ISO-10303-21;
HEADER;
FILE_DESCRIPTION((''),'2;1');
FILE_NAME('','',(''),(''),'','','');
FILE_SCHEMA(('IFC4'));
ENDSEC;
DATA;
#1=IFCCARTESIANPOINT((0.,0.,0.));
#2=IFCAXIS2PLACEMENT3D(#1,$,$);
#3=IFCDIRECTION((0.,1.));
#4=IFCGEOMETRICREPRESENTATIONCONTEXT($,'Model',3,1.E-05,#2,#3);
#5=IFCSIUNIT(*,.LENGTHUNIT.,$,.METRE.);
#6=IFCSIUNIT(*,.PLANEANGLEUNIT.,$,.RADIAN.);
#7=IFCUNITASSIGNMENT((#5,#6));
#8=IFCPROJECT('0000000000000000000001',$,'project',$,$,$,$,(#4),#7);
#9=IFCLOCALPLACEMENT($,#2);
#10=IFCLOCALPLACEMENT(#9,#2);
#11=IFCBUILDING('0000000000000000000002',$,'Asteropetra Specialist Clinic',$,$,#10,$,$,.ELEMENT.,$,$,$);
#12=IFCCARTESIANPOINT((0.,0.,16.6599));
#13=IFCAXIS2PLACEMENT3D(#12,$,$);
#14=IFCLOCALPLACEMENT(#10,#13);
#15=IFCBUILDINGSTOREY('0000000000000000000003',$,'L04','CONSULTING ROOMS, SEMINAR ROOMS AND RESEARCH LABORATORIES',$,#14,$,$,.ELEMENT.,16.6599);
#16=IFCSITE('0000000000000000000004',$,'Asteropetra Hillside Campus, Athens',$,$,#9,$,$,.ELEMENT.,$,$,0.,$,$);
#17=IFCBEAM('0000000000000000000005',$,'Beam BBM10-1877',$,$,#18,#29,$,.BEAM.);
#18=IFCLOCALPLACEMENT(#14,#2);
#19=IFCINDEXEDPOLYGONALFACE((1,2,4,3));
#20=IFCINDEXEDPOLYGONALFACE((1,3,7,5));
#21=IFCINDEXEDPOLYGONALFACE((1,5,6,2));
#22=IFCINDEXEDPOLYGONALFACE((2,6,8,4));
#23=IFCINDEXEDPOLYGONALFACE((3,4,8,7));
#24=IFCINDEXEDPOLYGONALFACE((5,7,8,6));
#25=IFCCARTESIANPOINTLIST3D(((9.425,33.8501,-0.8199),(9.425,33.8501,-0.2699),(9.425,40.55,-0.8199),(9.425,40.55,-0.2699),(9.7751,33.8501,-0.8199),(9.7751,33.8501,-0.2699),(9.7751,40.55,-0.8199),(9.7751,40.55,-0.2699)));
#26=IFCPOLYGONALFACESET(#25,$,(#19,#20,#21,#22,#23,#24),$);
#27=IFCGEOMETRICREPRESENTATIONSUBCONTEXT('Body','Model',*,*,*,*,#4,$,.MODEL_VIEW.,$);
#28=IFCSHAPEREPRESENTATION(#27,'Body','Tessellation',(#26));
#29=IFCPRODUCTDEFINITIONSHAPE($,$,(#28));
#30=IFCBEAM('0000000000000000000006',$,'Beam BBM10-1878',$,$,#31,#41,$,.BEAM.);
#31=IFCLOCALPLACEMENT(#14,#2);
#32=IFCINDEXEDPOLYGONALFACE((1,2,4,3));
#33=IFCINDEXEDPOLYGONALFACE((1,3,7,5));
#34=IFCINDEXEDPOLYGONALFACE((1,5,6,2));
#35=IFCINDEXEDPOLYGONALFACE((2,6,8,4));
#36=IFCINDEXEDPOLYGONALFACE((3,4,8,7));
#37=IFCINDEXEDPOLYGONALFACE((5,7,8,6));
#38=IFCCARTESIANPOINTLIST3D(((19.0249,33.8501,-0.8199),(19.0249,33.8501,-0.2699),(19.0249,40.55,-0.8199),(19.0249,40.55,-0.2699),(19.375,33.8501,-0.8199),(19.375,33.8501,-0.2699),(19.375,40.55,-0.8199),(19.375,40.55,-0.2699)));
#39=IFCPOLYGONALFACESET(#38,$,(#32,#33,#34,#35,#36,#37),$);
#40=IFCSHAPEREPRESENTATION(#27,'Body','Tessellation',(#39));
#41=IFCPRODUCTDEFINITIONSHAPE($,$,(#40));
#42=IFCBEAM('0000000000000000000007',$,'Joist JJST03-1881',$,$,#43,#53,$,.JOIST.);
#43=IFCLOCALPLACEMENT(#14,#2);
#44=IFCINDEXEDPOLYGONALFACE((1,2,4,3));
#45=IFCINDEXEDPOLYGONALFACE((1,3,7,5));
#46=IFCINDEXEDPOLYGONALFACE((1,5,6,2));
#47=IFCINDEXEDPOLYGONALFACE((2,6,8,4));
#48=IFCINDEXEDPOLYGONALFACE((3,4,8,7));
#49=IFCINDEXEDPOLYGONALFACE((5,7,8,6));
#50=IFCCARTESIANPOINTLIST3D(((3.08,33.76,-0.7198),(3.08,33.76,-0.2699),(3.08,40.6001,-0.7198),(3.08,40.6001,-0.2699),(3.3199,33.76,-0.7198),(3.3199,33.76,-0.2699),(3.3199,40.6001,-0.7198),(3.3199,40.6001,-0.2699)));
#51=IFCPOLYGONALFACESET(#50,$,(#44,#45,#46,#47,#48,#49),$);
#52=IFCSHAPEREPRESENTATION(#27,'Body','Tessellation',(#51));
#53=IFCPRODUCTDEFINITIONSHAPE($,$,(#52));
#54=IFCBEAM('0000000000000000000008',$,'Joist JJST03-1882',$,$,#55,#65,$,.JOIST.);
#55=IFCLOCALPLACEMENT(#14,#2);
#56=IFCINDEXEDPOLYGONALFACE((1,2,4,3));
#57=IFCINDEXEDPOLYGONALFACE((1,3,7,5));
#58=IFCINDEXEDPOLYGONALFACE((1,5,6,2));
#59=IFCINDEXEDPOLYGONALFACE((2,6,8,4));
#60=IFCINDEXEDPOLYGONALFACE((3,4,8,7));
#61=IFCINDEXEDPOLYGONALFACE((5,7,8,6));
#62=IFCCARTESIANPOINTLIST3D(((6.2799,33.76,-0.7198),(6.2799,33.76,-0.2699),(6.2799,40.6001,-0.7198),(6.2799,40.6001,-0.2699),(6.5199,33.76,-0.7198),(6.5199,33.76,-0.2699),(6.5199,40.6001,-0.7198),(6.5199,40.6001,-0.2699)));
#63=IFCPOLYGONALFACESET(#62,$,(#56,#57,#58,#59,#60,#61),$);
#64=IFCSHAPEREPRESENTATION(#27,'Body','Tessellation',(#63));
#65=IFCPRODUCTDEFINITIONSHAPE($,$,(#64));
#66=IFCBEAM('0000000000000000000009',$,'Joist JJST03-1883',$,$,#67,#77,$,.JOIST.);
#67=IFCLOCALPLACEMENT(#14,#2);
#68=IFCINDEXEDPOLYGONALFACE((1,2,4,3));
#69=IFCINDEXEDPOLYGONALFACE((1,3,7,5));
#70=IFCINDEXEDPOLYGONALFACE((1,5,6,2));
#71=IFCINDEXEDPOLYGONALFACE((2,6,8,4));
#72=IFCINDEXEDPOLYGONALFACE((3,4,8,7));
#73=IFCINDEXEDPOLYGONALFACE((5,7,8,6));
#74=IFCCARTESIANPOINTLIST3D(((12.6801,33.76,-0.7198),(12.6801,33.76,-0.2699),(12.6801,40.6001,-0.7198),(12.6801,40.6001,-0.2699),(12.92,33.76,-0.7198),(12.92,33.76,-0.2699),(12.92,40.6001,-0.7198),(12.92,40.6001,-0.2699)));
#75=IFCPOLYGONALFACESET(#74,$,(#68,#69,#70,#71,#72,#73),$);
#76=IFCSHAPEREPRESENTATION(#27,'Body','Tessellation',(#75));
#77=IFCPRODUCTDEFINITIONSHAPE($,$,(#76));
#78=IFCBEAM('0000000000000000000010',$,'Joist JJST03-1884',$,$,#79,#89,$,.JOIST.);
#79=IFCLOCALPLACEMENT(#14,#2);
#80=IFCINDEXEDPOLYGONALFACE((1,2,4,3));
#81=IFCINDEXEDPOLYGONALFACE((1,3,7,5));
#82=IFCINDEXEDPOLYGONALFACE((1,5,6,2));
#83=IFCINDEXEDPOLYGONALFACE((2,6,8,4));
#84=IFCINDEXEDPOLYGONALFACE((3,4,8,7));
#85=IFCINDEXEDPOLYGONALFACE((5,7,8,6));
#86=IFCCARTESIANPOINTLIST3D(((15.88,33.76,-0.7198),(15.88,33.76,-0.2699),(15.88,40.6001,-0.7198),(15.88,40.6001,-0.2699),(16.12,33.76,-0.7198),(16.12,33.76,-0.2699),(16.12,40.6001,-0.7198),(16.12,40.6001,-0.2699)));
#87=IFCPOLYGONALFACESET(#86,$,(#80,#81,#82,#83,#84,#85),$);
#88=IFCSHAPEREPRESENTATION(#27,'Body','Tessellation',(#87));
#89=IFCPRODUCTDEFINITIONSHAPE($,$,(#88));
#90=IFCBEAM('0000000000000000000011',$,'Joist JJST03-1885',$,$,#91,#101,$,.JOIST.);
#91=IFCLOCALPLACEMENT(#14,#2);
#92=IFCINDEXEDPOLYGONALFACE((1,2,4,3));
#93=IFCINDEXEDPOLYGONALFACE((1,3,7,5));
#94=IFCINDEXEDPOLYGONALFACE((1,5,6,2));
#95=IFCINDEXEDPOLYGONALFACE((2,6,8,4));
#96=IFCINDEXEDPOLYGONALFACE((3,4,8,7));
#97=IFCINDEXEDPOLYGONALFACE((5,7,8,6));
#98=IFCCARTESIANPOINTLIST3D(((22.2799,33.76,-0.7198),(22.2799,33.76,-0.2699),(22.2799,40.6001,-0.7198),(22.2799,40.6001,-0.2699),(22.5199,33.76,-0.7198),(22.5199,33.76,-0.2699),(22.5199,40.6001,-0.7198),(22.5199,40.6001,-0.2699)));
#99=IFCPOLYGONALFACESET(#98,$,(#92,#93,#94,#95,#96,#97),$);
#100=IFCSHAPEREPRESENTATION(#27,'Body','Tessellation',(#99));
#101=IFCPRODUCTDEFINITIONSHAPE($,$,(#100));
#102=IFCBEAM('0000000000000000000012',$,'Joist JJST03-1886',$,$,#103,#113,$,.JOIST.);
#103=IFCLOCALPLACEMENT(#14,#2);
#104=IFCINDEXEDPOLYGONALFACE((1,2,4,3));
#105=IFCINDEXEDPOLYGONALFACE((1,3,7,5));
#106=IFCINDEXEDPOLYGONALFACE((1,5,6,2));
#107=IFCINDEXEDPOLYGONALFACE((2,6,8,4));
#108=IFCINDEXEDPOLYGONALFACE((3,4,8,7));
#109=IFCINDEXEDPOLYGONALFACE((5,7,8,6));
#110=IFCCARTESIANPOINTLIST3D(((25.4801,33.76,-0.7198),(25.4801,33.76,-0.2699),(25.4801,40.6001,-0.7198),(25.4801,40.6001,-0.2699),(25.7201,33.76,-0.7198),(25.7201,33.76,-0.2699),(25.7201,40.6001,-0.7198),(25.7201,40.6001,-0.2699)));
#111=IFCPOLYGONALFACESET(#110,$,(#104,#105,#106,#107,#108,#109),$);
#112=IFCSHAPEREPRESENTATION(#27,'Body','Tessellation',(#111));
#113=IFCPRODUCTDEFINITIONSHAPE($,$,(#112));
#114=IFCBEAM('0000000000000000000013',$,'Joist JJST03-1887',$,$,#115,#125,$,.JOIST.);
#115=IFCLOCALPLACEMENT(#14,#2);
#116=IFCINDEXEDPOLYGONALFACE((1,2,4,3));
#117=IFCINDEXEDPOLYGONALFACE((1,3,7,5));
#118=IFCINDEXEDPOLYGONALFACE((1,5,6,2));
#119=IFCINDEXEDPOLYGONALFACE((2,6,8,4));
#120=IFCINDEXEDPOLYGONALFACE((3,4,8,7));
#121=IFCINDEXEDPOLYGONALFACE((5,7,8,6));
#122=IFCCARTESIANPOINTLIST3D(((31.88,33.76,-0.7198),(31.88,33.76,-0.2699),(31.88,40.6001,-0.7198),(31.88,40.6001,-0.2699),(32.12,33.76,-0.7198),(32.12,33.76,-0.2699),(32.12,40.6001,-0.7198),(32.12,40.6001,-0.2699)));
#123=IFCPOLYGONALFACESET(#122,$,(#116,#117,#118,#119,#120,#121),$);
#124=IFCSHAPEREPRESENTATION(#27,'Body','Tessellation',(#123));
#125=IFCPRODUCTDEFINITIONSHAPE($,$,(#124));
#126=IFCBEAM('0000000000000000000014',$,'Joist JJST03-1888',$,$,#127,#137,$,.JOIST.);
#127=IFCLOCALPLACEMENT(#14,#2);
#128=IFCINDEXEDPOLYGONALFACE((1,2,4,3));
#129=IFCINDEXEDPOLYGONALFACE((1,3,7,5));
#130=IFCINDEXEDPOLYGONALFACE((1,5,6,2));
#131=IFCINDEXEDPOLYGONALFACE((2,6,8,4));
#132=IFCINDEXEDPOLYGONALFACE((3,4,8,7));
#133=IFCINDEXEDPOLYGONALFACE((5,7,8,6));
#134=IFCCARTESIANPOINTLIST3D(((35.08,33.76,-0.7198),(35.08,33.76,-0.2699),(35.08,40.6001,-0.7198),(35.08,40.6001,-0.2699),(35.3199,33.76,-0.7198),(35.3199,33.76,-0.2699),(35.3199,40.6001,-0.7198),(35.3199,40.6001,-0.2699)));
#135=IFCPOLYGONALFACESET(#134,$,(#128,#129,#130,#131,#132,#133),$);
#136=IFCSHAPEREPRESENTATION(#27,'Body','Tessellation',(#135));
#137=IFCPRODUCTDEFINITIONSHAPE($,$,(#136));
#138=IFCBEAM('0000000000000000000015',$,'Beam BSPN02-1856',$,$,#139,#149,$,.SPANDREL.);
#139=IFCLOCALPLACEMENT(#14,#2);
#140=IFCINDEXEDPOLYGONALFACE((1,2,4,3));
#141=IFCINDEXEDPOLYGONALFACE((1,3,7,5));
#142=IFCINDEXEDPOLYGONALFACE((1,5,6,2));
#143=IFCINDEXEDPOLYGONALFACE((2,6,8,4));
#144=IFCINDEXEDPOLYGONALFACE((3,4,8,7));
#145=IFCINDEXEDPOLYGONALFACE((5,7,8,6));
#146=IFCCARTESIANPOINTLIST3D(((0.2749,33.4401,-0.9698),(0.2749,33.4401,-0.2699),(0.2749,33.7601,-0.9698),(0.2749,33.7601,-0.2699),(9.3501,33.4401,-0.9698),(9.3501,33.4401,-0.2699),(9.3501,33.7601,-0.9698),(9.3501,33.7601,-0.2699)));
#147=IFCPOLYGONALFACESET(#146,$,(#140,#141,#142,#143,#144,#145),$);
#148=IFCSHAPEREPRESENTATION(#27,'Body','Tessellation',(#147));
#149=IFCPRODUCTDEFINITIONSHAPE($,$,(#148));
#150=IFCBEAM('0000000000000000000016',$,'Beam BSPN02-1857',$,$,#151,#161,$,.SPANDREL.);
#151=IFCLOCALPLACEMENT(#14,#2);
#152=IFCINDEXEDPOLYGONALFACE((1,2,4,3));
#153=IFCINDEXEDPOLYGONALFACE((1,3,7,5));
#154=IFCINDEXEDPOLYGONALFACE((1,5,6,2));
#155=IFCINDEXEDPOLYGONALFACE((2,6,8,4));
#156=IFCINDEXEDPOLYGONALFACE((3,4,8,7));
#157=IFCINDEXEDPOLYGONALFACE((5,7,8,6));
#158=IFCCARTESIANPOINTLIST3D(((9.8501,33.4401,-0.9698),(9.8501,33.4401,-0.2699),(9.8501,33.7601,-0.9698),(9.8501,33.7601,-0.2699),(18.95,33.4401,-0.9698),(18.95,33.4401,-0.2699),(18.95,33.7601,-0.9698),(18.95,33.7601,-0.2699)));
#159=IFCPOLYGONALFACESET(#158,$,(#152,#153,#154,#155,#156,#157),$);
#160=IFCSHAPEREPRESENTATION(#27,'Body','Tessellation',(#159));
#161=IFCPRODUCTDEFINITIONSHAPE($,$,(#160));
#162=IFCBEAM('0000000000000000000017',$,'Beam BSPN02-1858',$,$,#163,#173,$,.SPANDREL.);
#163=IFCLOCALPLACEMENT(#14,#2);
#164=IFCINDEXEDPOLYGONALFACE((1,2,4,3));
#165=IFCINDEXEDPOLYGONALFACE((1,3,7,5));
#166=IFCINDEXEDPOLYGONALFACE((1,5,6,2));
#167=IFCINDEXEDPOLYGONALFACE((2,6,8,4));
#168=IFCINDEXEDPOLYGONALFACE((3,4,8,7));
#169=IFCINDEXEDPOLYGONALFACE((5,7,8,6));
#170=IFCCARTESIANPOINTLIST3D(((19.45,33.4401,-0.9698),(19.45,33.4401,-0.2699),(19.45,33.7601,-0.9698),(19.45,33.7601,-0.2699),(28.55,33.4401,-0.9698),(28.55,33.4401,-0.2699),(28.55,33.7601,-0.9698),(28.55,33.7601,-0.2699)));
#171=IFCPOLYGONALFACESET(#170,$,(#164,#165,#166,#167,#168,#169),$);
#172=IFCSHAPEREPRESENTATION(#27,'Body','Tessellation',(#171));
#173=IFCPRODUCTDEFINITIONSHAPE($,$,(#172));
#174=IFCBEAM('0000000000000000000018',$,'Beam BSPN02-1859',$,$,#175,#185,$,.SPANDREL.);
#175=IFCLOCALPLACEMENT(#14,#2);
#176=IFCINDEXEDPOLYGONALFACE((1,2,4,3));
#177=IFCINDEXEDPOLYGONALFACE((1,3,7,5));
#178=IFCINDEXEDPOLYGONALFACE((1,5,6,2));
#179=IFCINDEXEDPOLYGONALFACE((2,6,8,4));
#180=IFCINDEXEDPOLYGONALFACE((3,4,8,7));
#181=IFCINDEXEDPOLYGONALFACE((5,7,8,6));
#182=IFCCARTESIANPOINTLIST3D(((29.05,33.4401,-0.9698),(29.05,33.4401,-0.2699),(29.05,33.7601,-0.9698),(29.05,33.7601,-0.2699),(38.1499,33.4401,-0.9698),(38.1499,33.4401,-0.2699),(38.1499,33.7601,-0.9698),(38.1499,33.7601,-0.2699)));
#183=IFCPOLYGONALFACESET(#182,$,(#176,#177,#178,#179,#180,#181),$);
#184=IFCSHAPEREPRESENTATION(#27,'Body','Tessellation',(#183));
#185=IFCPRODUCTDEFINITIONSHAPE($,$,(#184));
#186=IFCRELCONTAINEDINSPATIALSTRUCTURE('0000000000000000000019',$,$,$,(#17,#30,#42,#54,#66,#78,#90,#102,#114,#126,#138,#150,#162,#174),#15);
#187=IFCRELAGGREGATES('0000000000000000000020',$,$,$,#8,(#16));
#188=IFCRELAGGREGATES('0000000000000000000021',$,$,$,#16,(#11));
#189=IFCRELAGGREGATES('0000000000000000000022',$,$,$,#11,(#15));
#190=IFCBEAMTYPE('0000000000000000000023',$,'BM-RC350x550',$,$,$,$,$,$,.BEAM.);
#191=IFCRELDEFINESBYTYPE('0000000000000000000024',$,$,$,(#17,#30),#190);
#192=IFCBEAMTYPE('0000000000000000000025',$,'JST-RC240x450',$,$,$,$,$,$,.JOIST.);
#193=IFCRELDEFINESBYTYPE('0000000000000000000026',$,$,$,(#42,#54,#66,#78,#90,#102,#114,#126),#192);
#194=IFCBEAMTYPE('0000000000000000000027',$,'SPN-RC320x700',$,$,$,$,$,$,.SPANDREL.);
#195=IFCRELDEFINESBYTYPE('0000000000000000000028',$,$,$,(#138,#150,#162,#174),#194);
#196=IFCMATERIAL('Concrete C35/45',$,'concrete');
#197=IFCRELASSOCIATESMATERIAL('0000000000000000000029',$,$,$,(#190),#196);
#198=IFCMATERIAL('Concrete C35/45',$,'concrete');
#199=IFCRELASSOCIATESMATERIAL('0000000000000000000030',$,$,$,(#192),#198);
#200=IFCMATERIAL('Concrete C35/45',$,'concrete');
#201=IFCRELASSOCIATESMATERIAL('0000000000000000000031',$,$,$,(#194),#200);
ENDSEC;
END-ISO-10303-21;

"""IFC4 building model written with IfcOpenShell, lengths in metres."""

from ifc_helpers import new_model, si_unit, direction, frame, origin, origin_2d, place, context, subcontext, project, spatial, rectangle, extrude, material, material_profile, profile_set, type_object, element, save


model = new_model("IFC4")

# Units and contexts
model_context = context("Model", 3, precision=1e-05, world=origin(), true_north=direction((0.0, 1.0)))
body_context = subcontext(model_context, "Body", "Model", "MODEL_VIEW")
ifc_project = project(units=[si_unit("LENGTHUNIT", "METRE"), si_unit("PLANEANGLEUNIT", "RADIAN")], contexts=[model_context])

# Site, building, storey
site_placement = place(None, origin())
site = spatial("IfcSite", under=ifc_project, at=site_placement, Name="Asteropetra Hillside Campus, Athens", CompositionType="ELEMENT", RefElevation=0.0)
building_placement = place(site_placement, origin())
building = spatial("IfcBuilding", under=site, at=building_placement, Name="Asteropetra Specialist Clinic", CompositionType="ELEMENT")
storey_placement = place(building_placement, frame((0.0, 0.0, 16.6599)))
storey = spatial("IfcBuildingStorey", under=building, at=storey_placement, Name="L04", Description="CONSULTING ROOMS, SEMINAR ROOMS AND RESEARCH LABORATORIES", CompositionType="ELEMENT", Elevation=16.6599)

# Beams
ifc_material_1 = material(Name="Concrete C35/45", Category="concrete")
ifc_material_profile_1 = material_profile(ifc_material_1, rectangle(XDim=0.3501, YDim=0.55, at=origin_2d()), Name="RCB 350x550")
ifc_profile_set_1 = profile_set([ifc_material_profile_1], Name="Concrete C35/45")
beam_type_1 = type_object("IfcBeamType", Name="BM-RC350x550", PredefinedType="BEAM", material=ifc_profile_set_1)
for number, where, z_axis, x_axis, name in (
    (1, (9.6001, 33.8501, -0.5449), (0.0, 1.0, 0.0), (-1.0, 0.0, 0.0), "Beam BBM10-1877"),
    (2, (19.2, 33.8501, -0.5449), (0.0, 1.0, 0.0), (-1.0, 0.0, 0.0), "Beam BBM10-1878"),
):
    element("IfcBeam", number, at=place(storey_placement, frame(where, z_axis=z_axis, x_axis=x_axis)), inside=storey, type_object=beam_type_1, Name=name, PredefinedType="BEAM", context=body_context, shape_type="SweptSolid", body=[
        extrude(rectangle(XDim=0.3501, YDim=0.55, at=origin_2d()), origin(), (0.0, 0.0, 1.0), 6.7),
    ])
ifc_material_2 = material(Name="Concrete C35/45", Category="concrete")
ifc_material_profile_2 = material_profile(ifc_material_2, rectangle(XDim=0.24, YDim=0.45, at=origin_2d()), Name="RCJ 240x450")
ifc_profile_set_2 = profile_set([ifc_material_profile_2], Name="Concrete C35/45")
beam_type_2 = type_object("IfcBeamType", Name="JST-RC240x450", PredefinedType="JOIST", material=ifc_profile_set_2)
for number, where, z_axis, x_axis, name in (
    (3, (3.2, 33.76, -0.4949), (0.0, 1.0, 0.0), (-1.0, 0.0, 0.0), "Joist JJST03-1881"),
    (4, (6.3999, 33.76, -0.4949), (0.0, 1.0, 0.0), (-1.0, 0.0, 0.0), "Joist JJST03-1882"),
    (5, (12.8, 33.76, -0.4949), (0.0, 1.0, 0.0), (-1.0, 0.0, 0.0), "Joist JJST03-1883"),
    (6, (16.0, 33.76, -0.4949), (0.0, 1.0, 0.0), (-1.0, 0.0, 0.0), "Joist JJST03-1884"),
    (7, (22.3999, 33.76, -0.4949), (0.0, 1.0, 0.0), (-1.0, 0.0, 0.0), "Joist JJST03-1885"),
    (8, (25.6001, 33.76, -0.4949), (0.0, 1.0, 0.0), (-1.0, 0.0, 0.0), "Joist JJST03-1886"),
    (9, (32.0, 33.76, -0.4949), (0.0, 1.0, 0.0), (-1.0, 0.0, 0.0), "Joist JJST03-1887"),
    (10, (35.2, 33.76, -0.4949), (0.0, 1.0, 0.0), (-1.0, 0.0, 0.0), "Joist JJST03-1888"),
):
    element("IfcBeam", number, at=place(storey_placement, frame(where, z_axis=z_axis, x_axis=x_axis)), inside=storey, type_object=beam_type_2, Name=name, PredefinedType="JOIST", context=body_context, shape_type="SweptSolid", body=[
        extrude(rectangle(XDim=0.24, YDim=0.45, at=origin_2d()), origin(), (0.0, 0.0, 1.0), 6.8401),
    ])
ifc_material_3 = material(Name="Concrete C35/45", Category="concrete")
ifc_material_profile_3 = material_profile(ifc_material_3, rectangle(XDim=0.3201, YDim=0.7, at=origin_2d()), Name="RCS 320x700")
ifc_profile_set_3 = profile_set([ifc_material_profile_3], Name="Concrete C35/45")
beam_type_3 = type_object("IfcBeamType", Name="SPN-RC320x700", PredefinedType="SPANDREL", material=ifc_profile_set_3)
beam_1_placement = place(storey_placement, frame((0.2749, 33.6001, -0.6199), z_axis=(1.0, 0.0, 0.0), x_axis=(0.0, 1.0, 0.0)))
element("IfcBeam", 11, at=beam_1_placement, inside=storey, type_object=beam_type_3, Name="Beam BSPN02-1856", PredefinedType="SPANDREL", context=body_context, shape_type="SweptSolid", body=[
    extrude(rectangle(XDim=0.3201, YDim=0.7, at=origin_2d()), origin(), (0.0, 0.0, 1.0), 9.0752),
])
beam_2_placement = place(storey_placement, frame((9.8501, 33.6001, -0.6199), z_axis=(1.0, 0.0, 0.0), x_axis=(0.0, 1.0, 0.0)))
element("IfcBeam", 12, at=beam_2_placement, inside=storey, type_object=beam_type_3, Name="Beam BSPN02-1857", PredefinedType="SPANDREL", context=body_context, shape_type="SweptSolid", body=[
    extrude(rectangle(XDim=0.3201, YDim=0.7, at=origin_2d()), origin(), (0.0, 0.0, 1.0), 9.0999),
])
beam_3_placement = place(storey_placement, frame((19.45, 33.6001, -0.6199), z_axis=(1.0, 0.0, 0.0), x_axis=(0.0, 1.0, 0.0)))
element("IfcBeam", 13, at=beam_3_placement, inside=storey, type_object=beam_type_3, Name="Beam BSPN02-1858", PredefinedType="SPANDREL", context=body_context, shape_type="SweptSolid", body=[
    extrude(rectangle(XDim=0.3201, YDim=0.7, at=origin_2d()), origin(), (0.0, 0.0, 1.0), 9.1001),
])
beam_4_placement = place(storey_placement, frame((29.05, 33.6001, -0.6199), z_axis=(1.0, 0.0, 0.0), x_axis=(0.0, 1.0, 0.0)))
element("IfcBeam", 14, at=beam_4_placement, inside=storey, type_object=beam_type_3, Name="Beam BSPN02-1859", PredefinedType="SPANDREL", context=body_context, shape_type="SweptSolid", body=[
    extrude(rectangle(XDim=0.3201, YDim=0.7, at=origin_2d()), origin(), (0.0, 0.0, 1.0), 9.0999),
])

save(model, "model.ifc")
